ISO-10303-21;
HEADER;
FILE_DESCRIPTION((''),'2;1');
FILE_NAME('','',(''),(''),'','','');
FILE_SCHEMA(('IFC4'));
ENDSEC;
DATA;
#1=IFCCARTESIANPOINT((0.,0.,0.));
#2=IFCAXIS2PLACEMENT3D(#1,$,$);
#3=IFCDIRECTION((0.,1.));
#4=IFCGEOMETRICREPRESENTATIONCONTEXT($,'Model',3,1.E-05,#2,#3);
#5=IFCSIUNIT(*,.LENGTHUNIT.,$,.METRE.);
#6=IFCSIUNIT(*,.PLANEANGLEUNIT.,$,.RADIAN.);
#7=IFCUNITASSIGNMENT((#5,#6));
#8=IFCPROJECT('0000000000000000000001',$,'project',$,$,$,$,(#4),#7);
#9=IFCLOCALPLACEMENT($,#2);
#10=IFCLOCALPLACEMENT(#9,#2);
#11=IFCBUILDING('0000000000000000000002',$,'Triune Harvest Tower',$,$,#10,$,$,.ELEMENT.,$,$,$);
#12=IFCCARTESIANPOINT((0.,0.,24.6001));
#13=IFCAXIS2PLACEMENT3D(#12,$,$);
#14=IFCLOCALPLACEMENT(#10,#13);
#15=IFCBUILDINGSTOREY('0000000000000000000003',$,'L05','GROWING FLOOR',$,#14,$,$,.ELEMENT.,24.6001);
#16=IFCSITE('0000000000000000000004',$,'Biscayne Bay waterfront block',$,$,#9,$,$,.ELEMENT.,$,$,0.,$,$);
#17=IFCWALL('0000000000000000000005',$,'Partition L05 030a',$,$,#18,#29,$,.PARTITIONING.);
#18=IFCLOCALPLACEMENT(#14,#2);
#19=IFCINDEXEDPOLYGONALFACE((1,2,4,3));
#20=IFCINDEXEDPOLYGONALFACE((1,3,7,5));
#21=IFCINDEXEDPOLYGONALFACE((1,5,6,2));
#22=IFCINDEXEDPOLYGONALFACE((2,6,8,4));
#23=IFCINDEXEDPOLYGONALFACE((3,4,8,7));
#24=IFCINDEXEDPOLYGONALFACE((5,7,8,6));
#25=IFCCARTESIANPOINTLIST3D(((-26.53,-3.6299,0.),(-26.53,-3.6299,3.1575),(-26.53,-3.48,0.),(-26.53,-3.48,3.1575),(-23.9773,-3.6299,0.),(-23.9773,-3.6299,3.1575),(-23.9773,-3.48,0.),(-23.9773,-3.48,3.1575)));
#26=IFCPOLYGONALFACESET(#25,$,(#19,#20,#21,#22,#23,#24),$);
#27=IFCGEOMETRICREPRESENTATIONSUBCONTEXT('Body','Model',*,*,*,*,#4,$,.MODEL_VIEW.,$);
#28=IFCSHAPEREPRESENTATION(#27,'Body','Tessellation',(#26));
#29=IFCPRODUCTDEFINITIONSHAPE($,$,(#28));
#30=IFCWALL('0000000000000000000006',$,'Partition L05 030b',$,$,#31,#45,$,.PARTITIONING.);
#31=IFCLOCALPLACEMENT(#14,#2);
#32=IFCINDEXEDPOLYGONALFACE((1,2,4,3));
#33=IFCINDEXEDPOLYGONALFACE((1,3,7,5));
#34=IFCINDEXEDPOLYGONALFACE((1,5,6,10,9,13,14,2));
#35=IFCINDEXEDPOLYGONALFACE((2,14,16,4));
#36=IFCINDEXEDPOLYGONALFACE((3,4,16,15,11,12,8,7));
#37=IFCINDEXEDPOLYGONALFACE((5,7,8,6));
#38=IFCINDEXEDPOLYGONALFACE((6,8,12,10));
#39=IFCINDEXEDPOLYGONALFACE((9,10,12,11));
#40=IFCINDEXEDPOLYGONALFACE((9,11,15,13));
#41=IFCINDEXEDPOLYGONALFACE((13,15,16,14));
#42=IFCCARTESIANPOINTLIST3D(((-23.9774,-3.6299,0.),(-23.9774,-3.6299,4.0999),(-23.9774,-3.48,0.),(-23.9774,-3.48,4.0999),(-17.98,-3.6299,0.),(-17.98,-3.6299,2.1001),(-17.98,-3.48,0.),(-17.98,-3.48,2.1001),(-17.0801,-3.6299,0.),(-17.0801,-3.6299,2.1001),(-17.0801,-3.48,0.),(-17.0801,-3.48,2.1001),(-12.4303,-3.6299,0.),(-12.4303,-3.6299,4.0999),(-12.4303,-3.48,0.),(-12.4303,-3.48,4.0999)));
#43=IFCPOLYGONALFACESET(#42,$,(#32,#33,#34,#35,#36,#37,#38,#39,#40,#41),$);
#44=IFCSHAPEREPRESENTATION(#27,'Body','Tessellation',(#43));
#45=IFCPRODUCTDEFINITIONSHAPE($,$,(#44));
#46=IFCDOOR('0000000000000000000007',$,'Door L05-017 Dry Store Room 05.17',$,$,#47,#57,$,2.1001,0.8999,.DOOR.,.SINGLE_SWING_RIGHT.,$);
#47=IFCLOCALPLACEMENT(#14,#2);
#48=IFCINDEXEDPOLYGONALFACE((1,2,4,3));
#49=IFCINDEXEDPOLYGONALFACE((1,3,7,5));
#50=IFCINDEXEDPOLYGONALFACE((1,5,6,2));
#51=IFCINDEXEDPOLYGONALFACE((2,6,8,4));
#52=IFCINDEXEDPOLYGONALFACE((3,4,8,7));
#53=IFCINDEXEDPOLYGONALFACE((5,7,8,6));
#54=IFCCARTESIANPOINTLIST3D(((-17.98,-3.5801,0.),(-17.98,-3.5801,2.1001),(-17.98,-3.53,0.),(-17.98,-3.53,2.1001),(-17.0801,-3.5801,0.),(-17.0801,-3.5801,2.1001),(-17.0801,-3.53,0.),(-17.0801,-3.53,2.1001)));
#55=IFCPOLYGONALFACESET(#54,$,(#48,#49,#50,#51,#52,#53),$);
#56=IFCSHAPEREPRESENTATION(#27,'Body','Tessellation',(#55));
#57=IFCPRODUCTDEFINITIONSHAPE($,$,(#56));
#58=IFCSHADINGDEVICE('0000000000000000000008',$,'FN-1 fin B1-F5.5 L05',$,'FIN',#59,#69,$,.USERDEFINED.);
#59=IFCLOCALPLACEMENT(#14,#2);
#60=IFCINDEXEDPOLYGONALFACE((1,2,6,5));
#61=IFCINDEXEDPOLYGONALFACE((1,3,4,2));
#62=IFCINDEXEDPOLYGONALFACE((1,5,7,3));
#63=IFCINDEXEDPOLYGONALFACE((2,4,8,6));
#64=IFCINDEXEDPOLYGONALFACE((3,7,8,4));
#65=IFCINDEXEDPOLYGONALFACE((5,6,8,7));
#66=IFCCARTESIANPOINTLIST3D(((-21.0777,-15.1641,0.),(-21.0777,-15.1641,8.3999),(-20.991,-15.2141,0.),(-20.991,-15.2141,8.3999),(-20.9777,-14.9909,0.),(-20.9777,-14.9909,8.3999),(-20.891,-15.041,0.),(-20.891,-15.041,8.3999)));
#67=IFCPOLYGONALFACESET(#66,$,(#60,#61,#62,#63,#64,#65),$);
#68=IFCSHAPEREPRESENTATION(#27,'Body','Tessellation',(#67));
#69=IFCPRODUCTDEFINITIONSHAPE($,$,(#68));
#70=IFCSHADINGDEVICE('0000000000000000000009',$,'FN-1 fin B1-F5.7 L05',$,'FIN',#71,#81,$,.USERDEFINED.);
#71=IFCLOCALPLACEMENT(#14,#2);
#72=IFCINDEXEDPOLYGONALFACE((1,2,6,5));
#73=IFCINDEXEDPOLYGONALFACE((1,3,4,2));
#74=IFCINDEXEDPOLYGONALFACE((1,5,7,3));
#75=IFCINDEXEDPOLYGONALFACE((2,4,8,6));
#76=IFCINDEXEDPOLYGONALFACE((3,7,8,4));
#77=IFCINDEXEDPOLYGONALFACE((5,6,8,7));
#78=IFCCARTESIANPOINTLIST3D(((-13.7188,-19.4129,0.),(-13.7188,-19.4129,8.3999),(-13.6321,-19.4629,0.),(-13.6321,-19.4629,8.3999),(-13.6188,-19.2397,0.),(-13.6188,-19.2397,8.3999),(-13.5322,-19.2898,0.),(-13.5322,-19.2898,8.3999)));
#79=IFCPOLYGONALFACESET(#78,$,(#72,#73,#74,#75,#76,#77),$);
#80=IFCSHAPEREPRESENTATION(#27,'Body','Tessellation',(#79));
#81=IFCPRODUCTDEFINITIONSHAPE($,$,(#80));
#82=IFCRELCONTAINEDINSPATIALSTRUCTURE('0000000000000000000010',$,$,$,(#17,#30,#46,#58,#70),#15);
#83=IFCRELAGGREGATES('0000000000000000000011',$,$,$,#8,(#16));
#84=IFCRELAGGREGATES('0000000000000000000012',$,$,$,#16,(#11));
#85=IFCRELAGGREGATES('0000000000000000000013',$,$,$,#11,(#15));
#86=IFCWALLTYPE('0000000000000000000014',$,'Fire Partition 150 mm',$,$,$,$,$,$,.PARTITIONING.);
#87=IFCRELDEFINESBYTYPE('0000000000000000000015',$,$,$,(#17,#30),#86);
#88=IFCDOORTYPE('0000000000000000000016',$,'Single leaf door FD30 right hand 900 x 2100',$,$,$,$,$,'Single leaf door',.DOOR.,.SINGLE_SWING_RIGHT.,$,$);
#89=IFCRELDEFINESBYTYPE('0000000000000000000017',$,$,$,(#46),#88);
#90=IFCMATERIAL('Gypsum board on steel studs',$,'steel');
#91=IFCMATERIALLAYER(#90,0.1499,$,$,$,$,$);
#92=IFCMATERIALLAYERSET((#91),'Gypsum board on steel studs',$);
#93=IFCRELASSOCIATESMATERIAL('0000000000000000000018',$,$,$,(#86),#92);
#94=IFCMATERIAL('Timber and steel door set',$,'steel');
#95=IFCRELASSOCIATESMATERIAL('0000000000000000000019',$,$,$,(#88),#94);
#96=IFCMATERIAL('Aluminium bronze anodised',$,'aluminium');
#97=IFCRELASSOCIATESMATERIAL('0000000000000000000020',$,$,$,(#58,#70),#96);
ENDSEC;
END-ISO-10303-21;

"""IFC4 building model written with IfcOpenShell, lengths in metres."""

from ifc_helpers import new_model, si_unit, direction, frame, frame_2d, origin, origin_2d, place, context, subcontext, project, spatial, rectangle, extrude, source, transform, mapped, material, layer, layer_set, type_object, element, fill, save


model = new_model("IFC4")

# Units and contexts
model_context = context("Model", 3, precision=1e-05, world=origin(), true_north=direction((0.0, 1.0)))
body_context = subcontext(model_context, "Body", "Model", "MODEL_VIEW")
ifc_project = project(units=[si_unit("LENGTHUNIT", "METRE"), si_unit("PLANEANGLEUNIT", "RADIAN")], contexts=[model_context])

# Site, building, storey
site_placement = place(None, origin())
site = spatial("IfcSite", under=ifc_project, at=site_placement, Name="Biscayne Bay waterfront block", CompositionType="ELEMENT", RefElevation=0.0)
building_placement = place(site_placement, origin())
building = spatial("IfcBuilding", under=site, at=building_placement, Name="Triune Harvest Tower", CompositionType="ELEMENT")
storey_placement = place(building_placement, frame((0.0, 0.0, 24.6001)))
storey = spatial("IfcBuildingStorey", under=building, at=storey_placement, Name="L05", Description="GROWING FLOOR", CompositionType="ELEMENT", Elevation=24.6001)

# Wall
ifc_material_1 = material(Name="Gypsum board on steel studs", Category="steel")
ifc_layer_1 = layer(ifc_material_1, 0.1499)
ifc_layer_set_1 = layer_set([ifc_layer_1], Name="Gypsum board on steel studs")
wall_type = type_object("IfcWallType", Name="Fire Partition 150 mm", PredefinedType="PARTITIONING", material=ifc_layer_set_1)
shared_shape_1 = source(origin(), body_context, "Body", "SweptSolid", [
    extrude(rectangle(XDim=2.5527, YDim=0.1499, at=frame_2d((1.2764, 0.0))), origin(), (0.0, 0.0, 1.0), 3.1575),
])
wall_1_placement = place(storey_placement, frame((-26.53, -3.5549, 0.0), z_axis=(0.0, 0.0, 1.0), x_axis=(1.0, 0.0, 0.0)))
element("IfcWall", 1, at=wall_1_placement, inside=storey, type_object=wall_type, Name="Partition L05 030a", PredefinedType="PARTITIONING", context=body_context, shape_type="MappedRepresentation", body=[
    mapped(shared_shape_1, transform((0.0, 0.0, 0.0), scale=1.0)),
])

# Wall, opening, door
shared_shape_2 = source(origin(), body_context, "Body", "SweptSolid", [
    extrude(rectangle(XDim=11.5471, YDim=0.1499, at=frame_2d((5.7734, 0.0))), origin(), (0.0, 0.0, 1.0), 4.0999),
])
wall_2_placement = place(storey_placement, frame((-23.9773, -3.5549, 0.0), z_axis=(0.0, 0.0, 1.0), x_axis=(1.0, 0.0, 0.0)))
wall_2 = element("IfcWall", 2, at=wall_2_placement, inside=storey, type_object=wall_type, Name="Partition L05 030b", PredefinedType="PARTITIONING", context=body_context, shape_type="MappedRepresentation", body=[
    mapped(shared_shape_2, transform((0.0, 0.0, 0.0), scale=1.0)),
])
opening_placement = place(wall_2_placement, frame((5.9973, 0.0, 0.0)))
opening = element("IfcOpeningElement", 3, at=opening_placement, cuts=wall_2, PredefinedType="OPENING", context=body_context, shape_type="SweptSolid", body=[
    extrude(rectangle(XDim=0.8999, YDim=2.1001, at=frame_2d((0.45, 1.05))), frame((0.0, 0.085, 0.0), z_axis=(0.0, -1.0, 0.0), x_axis=(1.0, 0.0, 0.0)), (0.0, 0.0, 1.0), 0.1699),
])
ifc_material_2 = material(Name="Timber and steel door set", Category="steel")
door_type = type_object("IfcDoorType", Name="Single leaf door FD30 right hand 900 x 2100", ElementType="Single leaf door", OperationType="SINGLE_SWING_RIGHT", PredefinedType="DOOR", material=ifc_material_2)
door_placement = place(opening_placement, origin())
door = element("IfcDoor", 4, at=door_placement, inside=storey, type_object=door_type, Name="Door L05-017 Dry Store Room 05.17", OperationType="SINGLE_SWING_RIGHT", OverallHeight=2.1001, OverallWidth=0.8999, PredefinedType="DOOR", context=body_context, shape_type="SweptSolid", body=[
    extrude(rectangle(XDim=0.8999, YDim=2.1001, at=frame_2d((0.45, 1.05))), frame((0.0, 0.0249, 0.0), z_axis=(0.0, -1.0, 0.0), x_axis=(1.0, 0.0, 0.0)), (0.0, 0.0, 1.0), 0.05),
])
fill(opening, door)

# Shading devices
ifc_material_3 = material(Name="Aluminium bronze anodised", Category="aluminium")
shared_shape_3 = source(origin(), body_context, "Body", "SweptSolid", [
    extrude(rectangle(XDim=0.1001, YDim=0.2, at=origin_2d()), origin(), (0.0, 0.0, 1.0), 8.3999),
])
for number, where, z_axis, x_axis, name in (
    (5, (-20.9844, -15.1025, 0.0), (0.0, 0.0, 1.0), (0.866025, -0.5, 0.0), "FN-1 fin B1-F5.5 L05"),
    (6, (-13.6255, -19.3513, 0.0), (0.0, 0.0, 1.0), (0.866025, -0.5, 0.0), "FN-1 fin B1-F5.7 L05"),
):
    element("IfcShadingDevice", number, at=place(storey_placement, frame(where, z_axis=z_axis, x_axis=x_axis)), inside=storey, material=ifc_material_3, Name=name, ObjectType="FIN", PredefinedType="USERDEFINED", context=body_context, shape_type="MappedRepresentation", body=[
        mapped(shared_shape_3, transform((0.0, 0.0, 0.0), scale=1.0)),
    ])

save(model, "model.ifc")
